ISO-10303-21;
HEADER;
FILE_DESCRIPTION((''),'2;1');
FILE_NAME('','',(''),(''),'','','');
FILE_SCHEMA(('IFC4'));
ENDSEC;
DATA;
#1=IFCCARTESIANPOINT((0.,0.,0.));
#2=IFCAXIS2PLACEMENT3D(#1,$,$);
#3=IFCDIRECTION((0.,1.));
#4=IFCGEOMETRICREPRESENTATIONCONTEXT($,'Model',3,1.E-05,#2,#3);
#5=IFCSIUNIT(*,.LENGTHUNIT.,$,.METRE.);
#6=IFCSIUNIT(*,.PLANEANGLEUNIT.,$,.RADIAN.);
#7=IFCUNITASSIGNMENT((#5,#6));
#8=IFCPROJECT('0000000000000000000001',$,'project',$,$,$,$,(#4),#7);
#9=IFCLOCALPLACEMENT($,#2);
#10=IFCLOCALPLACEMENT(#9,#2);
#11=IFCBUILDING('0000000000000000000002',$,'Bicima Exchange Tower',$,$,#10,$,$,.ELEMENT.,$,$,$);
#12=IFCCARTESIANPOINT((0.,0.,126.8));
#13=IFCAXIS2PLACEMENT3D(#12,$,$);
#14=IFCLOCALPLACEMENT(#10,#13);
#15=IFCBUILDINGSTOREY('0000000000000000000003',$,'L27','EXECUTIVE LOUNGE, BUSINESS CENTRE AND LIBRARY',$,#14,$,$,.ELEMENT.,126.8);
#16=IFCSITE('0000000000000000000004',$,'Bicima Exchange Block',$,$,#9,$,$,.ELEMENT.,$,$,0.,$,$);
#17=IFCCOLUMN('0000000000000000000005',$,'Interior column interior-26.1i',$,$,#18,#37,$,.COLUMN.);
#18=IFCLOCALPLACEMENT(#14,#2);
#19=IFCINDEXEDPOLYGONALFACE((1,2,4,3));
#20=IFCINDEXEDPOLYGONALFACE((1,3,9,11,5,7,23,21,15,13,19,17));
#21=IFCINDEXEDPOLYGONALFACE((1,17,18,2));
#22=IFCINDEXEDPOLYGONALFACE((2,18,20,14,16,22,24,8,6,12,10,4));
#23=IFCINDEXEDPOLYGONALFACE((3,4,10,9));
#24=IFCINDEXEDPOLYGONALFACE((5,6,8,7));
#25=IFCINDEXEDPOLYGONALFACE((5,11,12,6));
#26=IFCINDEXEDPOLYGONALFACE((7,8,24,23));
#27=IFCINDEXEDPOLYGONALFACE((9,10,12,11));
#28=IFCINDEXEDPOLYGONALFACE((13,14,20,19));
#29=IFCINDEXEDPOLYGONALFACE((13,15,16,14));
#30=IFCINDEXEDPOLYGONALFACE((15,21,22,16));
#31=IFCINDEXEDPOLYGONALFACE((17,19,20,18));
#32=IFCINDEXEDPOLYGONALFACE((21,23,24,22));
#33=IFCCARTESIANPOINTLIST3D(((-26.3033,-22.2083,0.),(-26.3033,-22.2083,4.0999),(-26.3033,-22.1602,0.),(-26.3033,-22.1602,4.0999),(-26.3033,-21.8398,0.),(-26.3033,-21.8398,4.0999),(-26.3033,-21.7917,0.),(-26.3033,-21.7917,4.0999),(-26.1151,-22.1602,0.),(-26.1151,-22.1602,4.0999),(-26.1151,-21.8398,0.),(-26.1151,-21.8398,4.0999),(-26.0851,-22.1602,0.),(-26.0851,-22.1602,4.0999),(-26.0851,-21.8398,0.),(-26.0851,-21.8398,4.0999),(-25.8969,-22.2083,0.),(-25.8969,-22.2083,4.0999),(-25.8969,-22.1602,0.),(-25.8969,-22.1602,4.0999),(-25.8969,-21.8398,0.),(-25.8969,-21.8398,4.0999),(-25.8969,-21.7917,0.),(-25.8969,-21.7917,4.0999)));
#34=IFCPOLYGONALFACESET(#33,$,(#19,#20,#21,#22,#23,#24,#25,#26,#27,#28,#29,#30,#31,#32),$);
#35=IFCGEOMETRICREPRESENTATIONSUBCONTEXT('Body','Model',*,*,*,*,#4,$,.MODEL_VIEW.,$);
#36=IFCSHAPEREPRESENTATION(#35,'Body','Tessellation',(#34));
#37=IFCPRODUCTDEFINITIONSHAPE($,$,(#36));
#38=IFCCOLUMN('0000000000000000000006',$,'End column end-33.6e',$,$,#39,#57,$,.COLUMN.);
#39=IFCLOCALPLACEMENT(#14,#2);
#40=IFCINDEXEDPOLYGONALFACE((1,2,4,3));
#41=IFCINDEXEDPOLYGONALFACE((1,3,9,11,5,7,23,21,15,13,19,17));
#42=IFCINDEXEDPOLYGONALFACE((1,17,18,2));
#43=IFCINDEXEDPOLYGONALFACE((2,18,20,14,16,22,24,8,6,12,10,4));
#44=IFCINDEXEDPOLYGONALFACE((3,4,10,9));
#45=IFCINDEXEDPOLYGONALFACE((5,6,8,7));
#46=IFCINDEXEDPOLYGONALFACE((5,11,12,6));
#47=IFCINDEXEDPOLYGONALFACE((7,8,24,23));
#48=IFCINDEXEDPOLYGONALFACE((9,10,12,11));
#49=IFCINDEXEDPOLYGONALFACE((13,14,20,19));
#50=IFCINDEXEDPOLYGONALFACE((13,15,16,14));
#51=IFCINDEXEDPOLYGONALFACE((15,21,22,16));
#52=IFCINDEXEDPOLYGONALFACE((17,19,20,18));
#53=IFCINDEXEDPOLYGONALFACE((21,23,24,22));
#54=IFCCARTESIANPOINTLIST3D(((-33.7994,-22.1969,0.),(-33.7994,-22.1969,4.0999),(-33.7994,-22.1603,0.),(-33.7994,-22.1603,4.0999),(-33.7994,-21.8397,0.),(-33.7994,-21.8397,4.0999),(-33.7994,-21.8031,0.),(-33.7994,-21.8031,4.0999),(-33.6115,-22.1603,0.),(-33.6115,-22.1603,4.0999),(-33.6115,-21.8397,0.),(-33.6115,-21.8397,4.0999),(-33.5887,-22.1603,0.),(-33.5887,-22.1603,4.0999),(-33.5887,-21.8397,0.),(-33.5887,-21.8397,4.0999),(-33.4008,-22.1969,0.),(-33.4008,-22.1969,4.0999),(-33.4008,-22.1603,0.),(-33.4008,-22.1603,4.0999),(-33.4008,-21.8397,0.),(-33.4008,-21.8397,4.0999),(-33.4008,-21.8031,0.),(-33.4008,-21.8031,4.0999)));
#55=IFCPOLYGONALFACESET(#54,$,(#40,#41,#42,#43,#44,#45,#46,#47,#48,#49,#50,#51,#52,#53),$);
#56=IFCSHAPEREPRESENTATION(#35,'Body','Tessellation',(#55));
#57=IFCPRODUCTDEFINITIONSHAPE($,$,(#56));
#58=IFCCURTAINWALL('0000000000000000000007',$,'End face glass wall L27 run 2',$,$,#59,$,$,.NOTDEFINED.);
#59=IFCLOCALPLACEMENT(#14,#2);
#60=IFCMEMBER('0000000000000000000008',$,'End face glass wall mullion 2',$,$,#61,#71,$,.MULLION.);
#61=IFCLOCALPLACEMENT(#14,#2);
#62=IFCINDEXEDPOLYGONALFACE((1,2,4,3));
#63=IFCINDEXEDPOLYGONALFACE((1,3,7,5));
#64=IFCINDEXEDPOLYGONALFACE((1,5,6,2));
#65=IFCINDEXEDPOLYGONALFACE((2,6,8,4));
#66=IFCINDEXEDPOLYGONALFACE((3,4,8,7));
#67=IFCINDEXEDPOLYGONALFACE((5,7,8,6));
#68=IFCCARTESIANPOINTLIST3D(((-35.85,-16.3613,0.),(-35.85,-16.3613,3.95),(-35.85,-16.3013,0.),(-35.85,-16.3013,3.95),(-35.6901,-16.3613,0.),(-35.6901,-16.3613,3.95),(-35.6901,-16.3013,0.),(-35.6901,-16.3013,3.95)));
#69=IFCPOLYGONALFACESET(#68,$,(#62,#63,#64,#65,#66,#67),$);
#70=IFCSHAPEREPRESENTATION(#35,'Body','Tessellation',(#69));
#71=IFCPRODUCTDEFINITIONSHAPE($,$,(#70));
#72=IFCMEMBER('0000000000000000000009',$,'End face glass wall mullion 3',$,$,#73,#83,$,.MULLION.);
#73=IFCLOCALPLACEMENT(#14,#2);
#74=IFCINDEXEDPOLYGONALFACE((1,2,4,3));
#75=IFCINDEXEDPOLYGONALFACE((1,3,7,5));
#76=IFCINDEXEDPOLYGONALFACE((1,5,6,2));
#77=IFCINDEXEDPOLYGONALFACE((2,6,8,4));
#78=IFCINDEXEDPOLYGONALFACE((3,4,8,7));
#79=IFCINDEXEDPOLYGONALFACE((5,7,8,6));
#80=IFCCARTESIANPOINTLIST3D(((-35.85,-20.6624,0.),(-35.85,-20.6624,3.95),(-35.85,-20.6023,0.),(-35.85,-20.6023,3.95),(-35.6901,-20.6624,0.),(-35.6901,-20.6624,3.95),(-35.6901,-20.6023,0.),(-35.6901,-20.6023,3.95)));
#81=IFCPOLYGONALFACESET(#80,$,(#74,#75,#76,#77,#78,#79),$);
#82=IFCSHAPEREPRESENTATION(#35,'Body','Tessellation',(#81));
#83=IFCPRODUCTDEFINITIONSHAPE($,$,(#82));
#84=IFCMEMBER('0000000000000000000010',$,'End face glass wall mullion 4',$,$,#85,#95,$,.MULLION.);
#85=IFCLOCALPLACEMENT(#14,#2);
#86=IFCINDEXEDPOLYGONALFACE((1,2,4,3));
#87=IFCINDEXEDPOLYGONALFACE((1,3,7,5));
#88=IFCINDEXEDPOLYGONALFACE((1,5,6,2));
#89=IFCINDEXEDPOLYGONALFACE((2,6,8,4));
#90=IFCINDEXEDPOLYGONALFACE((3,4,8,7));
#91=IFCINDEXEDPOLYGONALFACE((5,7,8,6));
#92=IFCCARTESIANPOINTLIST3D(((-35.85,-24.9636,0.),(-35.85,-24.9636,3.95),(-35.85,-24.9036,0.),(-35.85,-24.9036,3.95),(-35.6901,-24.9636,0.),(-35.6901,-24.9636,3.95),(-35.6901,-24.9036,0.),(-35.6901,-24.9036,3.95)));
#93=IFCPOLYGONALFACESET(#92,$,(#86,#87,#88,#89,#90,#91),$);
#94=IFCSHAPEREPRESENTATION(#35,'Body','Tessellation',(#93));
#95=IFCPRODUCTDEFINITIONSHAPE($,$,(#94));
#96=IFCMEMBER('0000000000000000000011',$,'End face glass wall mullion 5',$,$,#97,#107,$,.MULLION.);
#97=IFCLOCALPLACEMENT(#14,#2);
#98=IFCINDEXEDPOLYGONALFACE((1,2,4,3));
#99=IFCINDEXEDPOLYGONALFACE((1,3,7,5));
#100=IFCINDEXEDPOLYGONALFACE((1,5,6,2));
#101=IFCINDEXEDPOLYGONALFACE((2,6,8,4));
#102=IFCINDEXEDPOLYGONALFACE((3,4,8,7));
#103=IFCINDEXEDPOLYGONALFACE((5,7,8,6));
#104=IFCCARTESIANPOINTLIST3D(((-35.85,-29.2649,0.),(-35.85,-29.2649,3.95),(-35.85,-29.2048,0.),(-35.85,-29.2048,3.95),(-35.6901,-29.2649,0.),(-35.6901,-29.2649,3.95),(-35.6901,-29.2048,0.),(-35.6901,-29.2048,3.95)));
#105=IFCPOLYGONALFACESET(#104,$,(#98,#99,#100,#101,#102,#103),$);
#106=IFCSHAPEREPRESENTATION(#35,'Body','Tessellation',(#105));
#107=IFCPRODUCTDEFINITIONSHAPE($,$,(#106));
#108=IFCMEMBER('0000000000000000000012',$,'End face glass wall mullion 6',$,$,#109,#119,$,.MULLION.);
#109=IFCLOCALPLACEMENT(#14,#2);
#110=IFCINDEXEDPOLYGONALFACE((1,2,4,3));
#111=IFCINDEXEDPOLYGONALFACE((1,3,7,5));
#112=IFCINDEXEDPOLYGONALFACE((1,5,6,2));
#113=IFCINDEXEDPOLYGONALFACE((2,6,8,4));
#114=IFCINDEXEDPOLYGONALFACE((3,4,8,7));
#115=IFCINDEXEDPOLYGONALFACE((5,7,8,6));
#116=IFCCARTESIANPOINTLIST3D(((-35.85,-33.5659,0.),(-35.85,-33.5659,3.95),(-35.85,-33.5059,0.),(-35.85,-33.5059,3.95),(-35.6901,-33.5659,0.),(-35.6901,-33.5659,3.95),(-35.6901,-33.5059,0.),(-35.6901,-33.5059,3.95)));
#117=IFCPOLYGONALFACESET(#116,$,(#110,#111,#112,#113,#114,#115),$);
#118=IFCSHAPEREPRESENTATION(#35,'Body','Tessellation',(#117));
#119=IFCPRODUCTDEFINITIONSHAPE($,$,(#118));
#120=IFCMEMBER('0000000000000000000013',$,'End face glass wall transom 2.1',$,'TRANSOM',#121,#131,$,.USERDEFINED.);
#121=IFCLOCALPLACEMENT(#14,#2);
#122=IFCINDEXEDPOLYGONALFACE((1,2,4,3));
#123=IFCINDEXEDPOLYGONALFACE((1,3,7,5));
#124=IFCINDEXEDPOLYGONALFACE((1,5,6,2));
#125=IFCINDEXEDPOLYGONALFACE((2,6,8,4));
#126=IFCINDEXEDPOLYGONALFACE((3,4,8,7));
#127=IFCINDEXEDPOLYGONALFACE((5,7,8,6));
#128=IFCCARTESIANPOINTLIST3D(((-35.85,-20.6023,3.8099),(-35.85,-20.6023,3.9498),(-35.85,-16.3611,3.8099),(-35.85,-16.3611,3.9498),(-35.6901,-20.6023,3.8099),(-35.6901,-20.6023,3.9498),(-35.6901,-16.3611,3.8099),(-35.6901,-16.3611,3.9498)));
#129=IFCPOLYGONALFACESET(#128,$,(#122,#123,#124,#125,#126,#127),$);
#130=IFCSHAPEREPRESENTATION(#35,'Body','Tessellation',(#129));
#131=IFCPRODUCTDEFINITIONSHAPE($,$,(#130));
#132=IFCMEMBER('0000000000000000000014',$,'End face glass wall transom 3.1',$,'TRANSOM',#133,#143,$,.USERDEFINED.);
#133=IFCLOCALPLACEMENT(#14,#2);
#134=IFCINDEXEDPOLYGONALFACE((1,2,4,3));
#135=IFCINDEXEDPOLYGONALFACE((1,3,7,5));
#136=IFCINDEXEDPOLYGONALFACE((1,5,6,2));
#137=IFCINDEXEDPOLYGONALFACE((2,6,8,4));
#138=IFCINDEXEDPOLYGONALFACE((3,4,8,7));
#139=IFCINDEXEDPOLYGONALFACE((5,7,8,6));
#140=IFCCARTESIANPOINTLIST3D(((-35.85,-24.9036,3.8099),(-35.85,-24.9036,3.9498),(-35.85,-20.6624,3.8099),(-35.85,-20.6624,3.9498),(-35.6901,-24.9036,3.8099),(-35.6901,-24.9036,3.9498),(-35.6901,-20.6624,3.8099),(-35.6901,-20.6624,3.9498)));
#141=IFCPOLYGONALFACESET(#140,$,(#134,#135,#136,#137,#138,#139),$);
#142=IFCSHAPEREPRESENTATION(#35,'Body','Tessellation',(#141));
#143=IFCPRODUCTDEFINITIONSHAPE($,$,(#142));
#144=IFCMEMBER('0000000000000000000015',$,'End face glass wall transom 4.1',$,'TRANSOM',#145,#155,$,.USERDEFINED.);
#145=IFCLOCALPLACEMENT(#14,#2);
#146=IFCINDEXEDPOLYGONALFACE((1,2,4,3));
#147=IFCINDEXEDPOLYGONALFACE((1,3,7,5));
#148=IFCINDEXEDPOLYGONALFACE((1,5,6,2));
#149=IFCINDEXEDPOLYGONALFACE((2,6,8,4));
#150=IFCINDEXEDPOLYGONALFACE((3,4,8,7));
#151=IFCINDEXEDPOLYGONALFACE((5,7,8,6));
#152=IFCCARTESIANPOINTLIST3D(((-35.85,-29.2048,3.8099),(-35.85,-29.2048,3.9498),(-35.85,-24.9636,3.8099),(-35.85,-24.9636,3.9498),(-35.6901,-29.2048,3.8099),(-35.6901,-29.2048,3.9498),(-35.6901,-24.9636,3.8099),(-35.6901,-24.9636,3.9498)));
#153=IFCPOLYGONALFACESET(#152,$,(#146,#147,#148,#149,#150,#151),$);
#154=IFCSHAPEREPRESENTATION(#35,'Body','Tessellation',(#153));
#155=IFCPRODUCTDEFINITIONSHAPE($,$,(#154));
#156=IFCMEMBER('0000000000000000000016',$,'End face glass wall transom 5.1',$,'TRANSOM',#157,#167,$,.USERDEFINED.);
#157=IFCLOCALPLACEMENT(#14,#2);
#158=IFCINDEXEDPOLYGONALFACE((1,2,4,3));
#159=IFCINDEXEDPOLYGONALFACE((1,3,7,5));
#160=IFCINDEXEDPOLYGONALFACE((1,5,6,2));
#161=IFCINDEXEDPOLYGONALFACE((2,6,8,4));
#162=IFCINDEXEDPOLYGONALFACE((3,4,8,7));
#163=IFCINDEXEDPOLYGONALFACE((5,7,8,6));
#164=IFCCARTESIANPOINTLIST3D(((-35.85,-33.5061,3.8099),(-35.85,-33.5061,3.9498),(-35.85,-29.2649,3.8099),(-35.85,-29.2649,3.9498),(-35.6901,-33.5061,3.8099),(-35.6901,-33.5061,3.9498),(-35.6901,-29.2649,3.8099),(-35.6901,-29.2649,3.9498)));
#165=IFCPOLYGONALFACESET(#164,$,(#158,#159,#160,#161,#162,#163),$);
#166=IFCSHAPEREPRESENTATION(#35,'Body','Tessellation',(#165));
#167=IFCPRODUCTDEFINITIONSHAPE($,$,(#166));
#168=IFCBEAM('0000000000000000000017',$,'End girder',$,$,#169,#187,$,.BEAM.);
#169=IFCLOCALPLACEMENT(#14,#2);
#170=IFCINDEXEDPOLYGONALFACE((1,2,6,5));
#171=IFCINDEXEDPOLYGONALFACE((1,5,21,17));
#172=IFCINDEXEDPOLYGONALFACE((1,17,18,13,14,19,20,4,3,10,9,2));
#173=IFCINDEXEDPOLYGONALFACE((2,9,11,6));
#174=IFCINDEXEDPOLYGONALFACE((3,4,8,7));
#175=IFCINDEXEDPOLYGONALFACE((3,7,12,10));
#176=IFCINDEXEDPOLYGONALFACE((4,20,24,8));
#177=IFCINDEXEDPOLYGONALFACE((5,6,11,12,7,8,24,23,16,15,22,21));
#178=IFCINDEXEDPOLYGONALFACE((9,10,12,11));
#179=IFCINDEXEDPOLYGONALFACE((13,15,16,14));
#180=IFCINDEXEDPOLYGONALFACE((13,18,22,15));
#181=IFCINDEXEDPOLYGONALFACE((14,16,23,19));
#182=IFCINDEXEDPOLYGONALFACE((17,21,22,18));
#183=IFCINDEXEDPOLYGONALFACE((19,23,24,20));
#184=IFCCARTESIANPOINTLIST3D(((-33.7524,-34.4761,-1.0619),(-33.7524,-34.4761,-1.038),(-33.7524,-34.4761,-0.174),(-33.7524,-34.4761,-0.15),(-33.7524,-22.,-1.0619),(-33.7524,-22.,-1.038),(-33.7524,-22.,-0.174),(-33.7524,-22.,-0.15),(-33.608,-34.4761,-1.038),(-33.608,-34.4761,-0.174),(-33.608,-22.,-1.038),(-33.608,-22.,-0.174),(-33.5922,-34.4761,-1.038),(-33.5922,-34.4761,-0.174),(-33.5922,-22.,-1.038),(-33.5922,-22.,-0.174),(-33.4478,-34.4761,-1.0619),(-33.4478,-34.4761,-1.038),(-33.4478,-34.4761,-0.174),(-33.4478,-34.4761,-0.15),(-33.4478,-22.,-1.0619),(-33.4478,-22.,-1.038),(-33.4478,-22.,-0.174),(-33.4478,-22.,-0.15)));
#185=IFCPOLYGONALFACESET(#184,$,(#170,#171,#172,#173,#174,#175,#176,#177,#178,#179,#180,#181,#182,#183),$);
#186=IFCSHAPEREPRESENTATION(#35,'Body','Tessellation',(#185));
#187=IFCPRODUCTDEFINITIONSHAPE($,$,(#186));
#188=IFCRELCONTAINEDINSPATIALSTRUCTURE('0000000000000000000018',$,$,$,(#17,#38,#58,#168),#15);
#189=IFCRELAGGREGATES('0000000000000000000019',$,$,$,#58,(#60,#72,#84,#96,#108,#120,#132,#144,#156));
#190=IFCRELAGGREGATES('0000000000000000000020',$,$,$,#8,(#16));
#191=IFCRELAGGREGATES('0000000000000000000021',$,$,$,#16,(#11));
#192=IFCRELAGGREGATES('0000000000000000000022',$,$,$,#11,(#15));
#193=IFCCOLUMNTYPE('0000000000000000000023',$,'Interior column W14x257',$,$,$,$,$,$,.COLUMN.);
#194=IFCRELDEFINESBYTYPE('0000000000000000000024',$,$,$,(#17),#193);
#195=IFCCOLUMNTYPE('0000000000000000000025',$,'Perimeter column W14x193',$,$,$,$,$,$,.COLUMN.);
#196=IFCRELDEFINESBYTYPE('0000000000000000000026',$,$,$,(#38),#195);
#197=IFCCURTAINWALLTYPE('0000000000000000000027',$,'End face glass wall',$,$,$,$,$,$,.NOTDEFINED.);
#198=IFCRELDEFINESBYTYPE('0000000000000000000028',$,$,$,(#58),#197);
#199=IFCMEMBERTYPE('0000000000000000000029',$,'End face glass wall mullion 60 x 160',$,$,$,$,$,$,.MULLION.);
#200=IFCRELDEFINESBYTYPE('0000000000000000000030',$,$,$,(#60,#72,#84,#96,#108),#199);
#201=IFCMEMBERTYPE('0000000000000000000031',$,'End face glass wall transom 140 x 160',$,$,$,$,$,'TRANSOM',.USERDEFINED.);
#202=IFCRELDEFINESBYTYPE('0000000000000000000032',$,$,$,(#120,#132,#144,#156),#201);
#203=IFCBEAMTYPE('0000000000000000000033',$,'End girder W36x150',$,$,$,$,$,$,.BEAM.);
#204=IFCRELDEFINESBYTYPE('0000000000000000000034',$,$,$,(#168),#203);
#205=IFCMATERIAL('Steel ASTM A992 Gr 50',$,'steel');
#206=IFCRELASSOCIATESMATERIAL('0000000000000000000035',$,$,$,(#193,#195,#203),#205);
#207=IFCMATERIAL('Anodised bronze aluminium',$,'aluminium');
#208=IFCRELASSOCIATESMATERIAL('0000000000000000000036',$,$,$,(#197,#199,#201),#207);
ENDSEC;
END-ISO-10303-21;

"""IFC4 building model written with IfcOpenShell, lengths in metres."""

from ifc_helpers import new_model, si_unit, direction, frame, origin, origin_2d, place, context, subcontext, project, spatial, rectangle, i_section, extrude, material, material_profile, profile_set, type_object, element, aggregate, save


model = new_model("IFC4")

# Units and contexts
model_context = context("Model", 3, precision=1e-05, world=origin(), true_north=direction((0.0, 1.0)))
body_context = subcontext(model_context, "Body", "Model", "MODEL_VIEW")
ifc_project = project(units=[si_unit("LENGTHUNIT", "METRE"), si_unit("PLANEANGLEUNIT", "RADIAN")], contexts=[model_context])

# Site, building, storey
site_placement = place(None, origin())
site = spatial("IfcSite", under=ifc_project, at=site_placement, Name="Bicima Exchange Block", CompositionType="ELEMENT", RefElevation=0.0)
building_placement = place(site_placement, origin())
building = spatial("IfcBuilding", under=site, at=building_placement, Name="Bicima Exchange Tower", CompositionType="ELEMENT")
storey_placement = place(building_placement, frame((0.0, 0.0, 126.8)))
storey = spatial("IfcBuildingStorey", under=building, at=storey_placement, Name="L27", Description="EXECUTIVE LOUNGE, BUSINESS CENTRE AND LIBRARY", CompositionType="ELEMENT", Elevation=126.8)

# Columns
ifc_material_1 = material(Name="Steel ASTM A992 Gr 50", Category="steel")
ifc_material_profile_1 = material_profile(ifc_material_1, i_section(OverallWidth=0.4065, OverallDepth=0.4165, WebThickness=0.03, FlangeThickness=0.0481, at=origin_2d()))
ifc_profile_set_1 = profile_set([ifc_material_profile_1], Name="Steel ASTM A992 Gr 50")
column_type_1 = type_object("IfcColumnType", Name="Interior column W14x257", PredefinedType="COLUMN", material=ifc_profile_set_1)
column_1_placement = place(storey_placement, frame((-26.1001, -22.0, 0.0), z_axis=(0.0, 0.0, 1.0), x_axis=(1.0, 0.0, 0.0)))
element("IfcColumn", 1, at=column_1_placement, inside=storey, type_object=column_type_1, Name="Interior column interior-26.1i", PredefinedType="COLUMN", context=body_context, shape_type="SweptSolid", body=[
    extrude(i_section(OverallWidth=0.4065, OverallDepth=0.4165, WebThickness=0.03, FlangeThickness=0.0481, at=origin_2d()), origin(), (0.0, 0.0, 1.0), 4.0999),
])
ifc_material_profile_2 = material_profile(ifc_material_1, i_section(OverallWidth=0.3987, OverallDepth=0.3938, WebThickness=0.0227, FlangeThickness=0.0366, at=origin_2d()))
ifc_profile_set_2 = profile_set([ifc_material_profile_2], Name="Steel ASTM A992 Gr 50")
column_type_2 = type_object("IfcColumnType", Name="Perimeter column W14x193", PredefinedType="COLUMN", material=ifc_profile_set_2)
column_2_placement = place(storey_placement, frame((-33.6001, -22.0, 0.0), z_axis=(0.0, 0.0, 1.0), x_axis=(1.0, 0.0, 0.0)))
element("IfcColumn", 2, at=column_2_placement, inside=storey, type_object=column_type_2, Name="End column end-33.6e", PredefinedType="COLUMN", context=body_context, shape_type="SweptSolid", body=[
    extrude(i_section(OverallWidth=0.3987, OverallDepth=0.3938, WebThickness=0.0227, FlangeThickness=0.0366, at=origin_2d()), origin(), (0.0, 0.0, 1.0), 4.0999),
])

# Curtain wall, members
ifc_material_2 = material(Name="Anodised bronze aluminium", Category="aluminium")
curtain_wall_type_1 = type_object("IfcCurtainWallType", Name="End face glass wall", PredefinedType="NOTDEFINED", material=ifc_material_2)
curtain_wall_1_placement = place(storey_placement, origin())
curtain_wall_1 = element("IfcCurtainWall", 3, at=curtain_wall_1_placement, inside=storey, type_object=curtain_wall_type_1, Name="End face glass wall L27 run 2", PredefinedType="NOTDEFINED")
ifc_material_profile_3 = material_profile(ifc_material_2, rectangle(XDim=0.1599, YDim=0.0601, at=origin_2d()))
ifc_profile_set_3 = profile_set([ifc_material_profile_3], Name="Anodised bronze aluminium")
member_type_1 = type_object("IfcMemberType", Name="End face glass wall mullion 60 x 160", PredefinedType="MULLION", material=ifc_profile_set_3)
member_1_placement = place(storey_placement, frame((-35.77, -16.3313, 0.0), z_axis=(0.0, 0.0, 1.0), x_axis=(1.0, 0.0, 0.0)))
member_1 = element("IfcMember", 4, at=member_1_placement, type_object=member_type_1, Name="End face glass wall mullion 2", PredefinedType="MULLION", context=body_context, shape_type="SweptSolid", body=[
    extrude(rectangle(XDim=0.1599, YDim=0.0601, at=origin_2d()), origin(), (0.0, 0.0, 1.0), 3.95),
])
member_2_placement = place(storey_placement, frame((-35.77, -20.6323, 0.0), z_axis=(0.0, 0.0, 1.0), x_axis=(1.0, 0.0, 0.0)))
member_2 = element("IfcMember", 5, at=member_2_placement, type_object=member_type_1, Name="End face glass wall mullion 3", PredefinedType="MULLION", context=body_context, shape_type="SweptSolid", body=[
    extrude(rectangle(XDim=0.1599, YDim=0.0601, at=origin_2d()), origin(), (0.0, 0.0, 1.0), 3.95),
])
member_3_placement = place(storey_placement, frame((-35.77, -24.9336, 0.0), z_axis=(0.0, 0.0, 1.0), x_axis=(1.0, 0.0, 0.0)))
member_3 = element("IfcMember", 6, at=member_3_placement, type_object=member_type_1, Name="End face glass wall mullion 4", PredefinedType="MULLION", context=body_context, shape_type="SweptSolid", body=[
    extrude(rectangle(XDim=0.1599, YDim=0.0601, at=origin_2d()), origin(), (0.0, 0.0, 1.0), 3.95),
])
member_4_placement = place(storey_placement, frame((-35.77, -29.2349, 0.0), z_axis=(0.0, 0.0, 1.0), x_axis=(1.0, 0.0, 0.0)))
member_4 = element("IfcMember", 7, at=member_4_placement, type_object=member_type_1, Name="End face glass wall mullion 5", PredefinedType="MULLION", context=body_context, shape_type="SweptSolid", body=[
    extrude(rectangle(XDim=0.1599, YDim=0.0601, at=origin_2d()), origin(), (0.0, 0.0, 1.0), 3.95),
])
member_5_placement = place(storey_placement, frame((-35.77, -33.5359, 0.0), z_axis=(0.0, 0.0, 1.0), x_axis=(1.0, 0.0, 0.0)))
member_5 = element("IfcMember", 8, at=member_5_placement, type_object=member_type_1, Name="End face glass wall mullion 6", PredefinedType="MULLION", context=body_context, shape_type="SweptSolid", body=[
    extrude(rectangle(XDim=0.1599, YDim=0.0601, at=origin_2d()), origin(), (0.0, 0.0, 1.0), 3.95),
])
ifc_material_profile_4 = material_profile(ifc_material_2, rectangle(XDim=0.1599, YDim=0.1399, at=origin_2d()))
ifc_profile_set_4 = profile_set([ifc_material_profile_4], Name="Anodised bronze aluminium")
member_type_2 = type_object("IfcMemberType", Name="End face glass wall transom 140 x 160", ElementType="TRANSOM", PredefinedType="USERDEFINED", material=ifc_profile_set_4)
member_6_placement = place(storey_placement, frame((-35.77, -16.3611, 3.8799), z_axis=(0.0, -1.0, 0.0), x_axis=(1.0, 0.0, 0.0)))
member_6 = element("IfcMember", 9, at=member_6_placement, type_object=member_type_2, Name="End face glass wall transom 2.1", ObjectType="TRANSOM", PredefinedType="USERDEFINED", context=body_context, shape_type="SweptSolid", body=[
    extrude(rectangle(XDim=0.1599, YDim=0.1399, at=origin_2d()), origin(), (0.0, 0.0, 1.0), 4.2412),
])
member_7_placement = place(storey_placement, frame((-35.77, -20.6624, 3.8799), z_axis=(0.0, -1.0, 0.0), x_axis=(1.0, 0.0, 0.0)))
member_7 = element("IfcMember", 10, at=member_7_placement, type_object=member_type_2, Name="End face glass wall transom 3.1", ObjectType="TRANSOM", PredefinedType="USERDEFINED", context=body_context, shape_type="SweptSolid", body=[
    extrude(rectangle(XDim=0.1599, YDim=0.1399, at=origin_2d()), origin(), (0.0, 0.0, 1.0), 4.2412),
])
member_8_placement = place(storey_placement, frame((-35.77, -24.9636, 3.8799), z_axis=(0.0, -1.0, 0.0), x_axis=(1.0, 0.0, 0.0)))
member_8 = element("IfcMember", 11, at=member_8_placement, type_object=member_type_2, Name="End face glass wall transom 4.1", ObjectType="TRANSOM", PredefinedType="USERDEFINED", context=body_context, shape_type="SweptSolid", body=[
    extrude(rectangle(XDim=0.1599, YDim=0.1399, at=origin_2d()), origin(), (0.0, 0.0, 1.0), 4.2412),
])
member_9_placement = place(storey_placement, frame((-35.77, -29.2649, 3.8799), z_axis=(0.0, -1.0, 0.0), x_axis=(1.0, 0.0, 0.0)))
member_9 = element("IfcMember", 12, at=member_9_placement, type_object=member_type_2, Name="End face glass wall transom 5.1", ObjectType="TRANSOM", PredefinedType="USERDEFINED", context=body_context, shape_type="SweptSolid", body=[
    extrude(rectangle(XDim=0.1599, YDim=0.1399, at=origin_2d()), origin(), (0.0, 0.0, 1.0), 4.2412),
])

# Beam
ifc_material_profile_5 = material_profile(ifc_material_1, i_section(OverallWidth=0.3047, OverallDepth=0.9119, WebThickness=0.0159, FlangeThickness=0.0239, at=origin_2d()))
ifc_profile_set_5 = profile_set([ifc_material_profile_5], Name="Steel ASTM A992 Gr 50")
beam_type_1 = type_object("IfcBeamType", Name="End girder W36x150", PredefinedType="BEAM", material=ifc_profile_set_5)
beam_1_placement = place(storey_placement, frame((-33.6001, -22.0, -0.606), z_axis=(0.0, -1.0, 0.0), x_axis=(1.0, 0.0, 0.0)))
element("IfcBeam", 13, at=beam_1_placement, inside=storey, type_object=beam_type_1, Name="End girder", PredefinedType="BEAM", context=body_context, shape_type="SweptSolid", body=[
    extrude(i_section(OverallWidth=0.3047, OverallDepth=0.9119, WebThickness=0.0159, FlangeThickness=0.0239, at=origin_2d()), origin(), (0.0, 0.0, 1.0), 12.4761),
])

aggregate(curtain_wall_1, [member_1, member_2, member_3, member_4, member_5, member_6, member_7, member_8, member_9])

save(model, "model.ifc")
